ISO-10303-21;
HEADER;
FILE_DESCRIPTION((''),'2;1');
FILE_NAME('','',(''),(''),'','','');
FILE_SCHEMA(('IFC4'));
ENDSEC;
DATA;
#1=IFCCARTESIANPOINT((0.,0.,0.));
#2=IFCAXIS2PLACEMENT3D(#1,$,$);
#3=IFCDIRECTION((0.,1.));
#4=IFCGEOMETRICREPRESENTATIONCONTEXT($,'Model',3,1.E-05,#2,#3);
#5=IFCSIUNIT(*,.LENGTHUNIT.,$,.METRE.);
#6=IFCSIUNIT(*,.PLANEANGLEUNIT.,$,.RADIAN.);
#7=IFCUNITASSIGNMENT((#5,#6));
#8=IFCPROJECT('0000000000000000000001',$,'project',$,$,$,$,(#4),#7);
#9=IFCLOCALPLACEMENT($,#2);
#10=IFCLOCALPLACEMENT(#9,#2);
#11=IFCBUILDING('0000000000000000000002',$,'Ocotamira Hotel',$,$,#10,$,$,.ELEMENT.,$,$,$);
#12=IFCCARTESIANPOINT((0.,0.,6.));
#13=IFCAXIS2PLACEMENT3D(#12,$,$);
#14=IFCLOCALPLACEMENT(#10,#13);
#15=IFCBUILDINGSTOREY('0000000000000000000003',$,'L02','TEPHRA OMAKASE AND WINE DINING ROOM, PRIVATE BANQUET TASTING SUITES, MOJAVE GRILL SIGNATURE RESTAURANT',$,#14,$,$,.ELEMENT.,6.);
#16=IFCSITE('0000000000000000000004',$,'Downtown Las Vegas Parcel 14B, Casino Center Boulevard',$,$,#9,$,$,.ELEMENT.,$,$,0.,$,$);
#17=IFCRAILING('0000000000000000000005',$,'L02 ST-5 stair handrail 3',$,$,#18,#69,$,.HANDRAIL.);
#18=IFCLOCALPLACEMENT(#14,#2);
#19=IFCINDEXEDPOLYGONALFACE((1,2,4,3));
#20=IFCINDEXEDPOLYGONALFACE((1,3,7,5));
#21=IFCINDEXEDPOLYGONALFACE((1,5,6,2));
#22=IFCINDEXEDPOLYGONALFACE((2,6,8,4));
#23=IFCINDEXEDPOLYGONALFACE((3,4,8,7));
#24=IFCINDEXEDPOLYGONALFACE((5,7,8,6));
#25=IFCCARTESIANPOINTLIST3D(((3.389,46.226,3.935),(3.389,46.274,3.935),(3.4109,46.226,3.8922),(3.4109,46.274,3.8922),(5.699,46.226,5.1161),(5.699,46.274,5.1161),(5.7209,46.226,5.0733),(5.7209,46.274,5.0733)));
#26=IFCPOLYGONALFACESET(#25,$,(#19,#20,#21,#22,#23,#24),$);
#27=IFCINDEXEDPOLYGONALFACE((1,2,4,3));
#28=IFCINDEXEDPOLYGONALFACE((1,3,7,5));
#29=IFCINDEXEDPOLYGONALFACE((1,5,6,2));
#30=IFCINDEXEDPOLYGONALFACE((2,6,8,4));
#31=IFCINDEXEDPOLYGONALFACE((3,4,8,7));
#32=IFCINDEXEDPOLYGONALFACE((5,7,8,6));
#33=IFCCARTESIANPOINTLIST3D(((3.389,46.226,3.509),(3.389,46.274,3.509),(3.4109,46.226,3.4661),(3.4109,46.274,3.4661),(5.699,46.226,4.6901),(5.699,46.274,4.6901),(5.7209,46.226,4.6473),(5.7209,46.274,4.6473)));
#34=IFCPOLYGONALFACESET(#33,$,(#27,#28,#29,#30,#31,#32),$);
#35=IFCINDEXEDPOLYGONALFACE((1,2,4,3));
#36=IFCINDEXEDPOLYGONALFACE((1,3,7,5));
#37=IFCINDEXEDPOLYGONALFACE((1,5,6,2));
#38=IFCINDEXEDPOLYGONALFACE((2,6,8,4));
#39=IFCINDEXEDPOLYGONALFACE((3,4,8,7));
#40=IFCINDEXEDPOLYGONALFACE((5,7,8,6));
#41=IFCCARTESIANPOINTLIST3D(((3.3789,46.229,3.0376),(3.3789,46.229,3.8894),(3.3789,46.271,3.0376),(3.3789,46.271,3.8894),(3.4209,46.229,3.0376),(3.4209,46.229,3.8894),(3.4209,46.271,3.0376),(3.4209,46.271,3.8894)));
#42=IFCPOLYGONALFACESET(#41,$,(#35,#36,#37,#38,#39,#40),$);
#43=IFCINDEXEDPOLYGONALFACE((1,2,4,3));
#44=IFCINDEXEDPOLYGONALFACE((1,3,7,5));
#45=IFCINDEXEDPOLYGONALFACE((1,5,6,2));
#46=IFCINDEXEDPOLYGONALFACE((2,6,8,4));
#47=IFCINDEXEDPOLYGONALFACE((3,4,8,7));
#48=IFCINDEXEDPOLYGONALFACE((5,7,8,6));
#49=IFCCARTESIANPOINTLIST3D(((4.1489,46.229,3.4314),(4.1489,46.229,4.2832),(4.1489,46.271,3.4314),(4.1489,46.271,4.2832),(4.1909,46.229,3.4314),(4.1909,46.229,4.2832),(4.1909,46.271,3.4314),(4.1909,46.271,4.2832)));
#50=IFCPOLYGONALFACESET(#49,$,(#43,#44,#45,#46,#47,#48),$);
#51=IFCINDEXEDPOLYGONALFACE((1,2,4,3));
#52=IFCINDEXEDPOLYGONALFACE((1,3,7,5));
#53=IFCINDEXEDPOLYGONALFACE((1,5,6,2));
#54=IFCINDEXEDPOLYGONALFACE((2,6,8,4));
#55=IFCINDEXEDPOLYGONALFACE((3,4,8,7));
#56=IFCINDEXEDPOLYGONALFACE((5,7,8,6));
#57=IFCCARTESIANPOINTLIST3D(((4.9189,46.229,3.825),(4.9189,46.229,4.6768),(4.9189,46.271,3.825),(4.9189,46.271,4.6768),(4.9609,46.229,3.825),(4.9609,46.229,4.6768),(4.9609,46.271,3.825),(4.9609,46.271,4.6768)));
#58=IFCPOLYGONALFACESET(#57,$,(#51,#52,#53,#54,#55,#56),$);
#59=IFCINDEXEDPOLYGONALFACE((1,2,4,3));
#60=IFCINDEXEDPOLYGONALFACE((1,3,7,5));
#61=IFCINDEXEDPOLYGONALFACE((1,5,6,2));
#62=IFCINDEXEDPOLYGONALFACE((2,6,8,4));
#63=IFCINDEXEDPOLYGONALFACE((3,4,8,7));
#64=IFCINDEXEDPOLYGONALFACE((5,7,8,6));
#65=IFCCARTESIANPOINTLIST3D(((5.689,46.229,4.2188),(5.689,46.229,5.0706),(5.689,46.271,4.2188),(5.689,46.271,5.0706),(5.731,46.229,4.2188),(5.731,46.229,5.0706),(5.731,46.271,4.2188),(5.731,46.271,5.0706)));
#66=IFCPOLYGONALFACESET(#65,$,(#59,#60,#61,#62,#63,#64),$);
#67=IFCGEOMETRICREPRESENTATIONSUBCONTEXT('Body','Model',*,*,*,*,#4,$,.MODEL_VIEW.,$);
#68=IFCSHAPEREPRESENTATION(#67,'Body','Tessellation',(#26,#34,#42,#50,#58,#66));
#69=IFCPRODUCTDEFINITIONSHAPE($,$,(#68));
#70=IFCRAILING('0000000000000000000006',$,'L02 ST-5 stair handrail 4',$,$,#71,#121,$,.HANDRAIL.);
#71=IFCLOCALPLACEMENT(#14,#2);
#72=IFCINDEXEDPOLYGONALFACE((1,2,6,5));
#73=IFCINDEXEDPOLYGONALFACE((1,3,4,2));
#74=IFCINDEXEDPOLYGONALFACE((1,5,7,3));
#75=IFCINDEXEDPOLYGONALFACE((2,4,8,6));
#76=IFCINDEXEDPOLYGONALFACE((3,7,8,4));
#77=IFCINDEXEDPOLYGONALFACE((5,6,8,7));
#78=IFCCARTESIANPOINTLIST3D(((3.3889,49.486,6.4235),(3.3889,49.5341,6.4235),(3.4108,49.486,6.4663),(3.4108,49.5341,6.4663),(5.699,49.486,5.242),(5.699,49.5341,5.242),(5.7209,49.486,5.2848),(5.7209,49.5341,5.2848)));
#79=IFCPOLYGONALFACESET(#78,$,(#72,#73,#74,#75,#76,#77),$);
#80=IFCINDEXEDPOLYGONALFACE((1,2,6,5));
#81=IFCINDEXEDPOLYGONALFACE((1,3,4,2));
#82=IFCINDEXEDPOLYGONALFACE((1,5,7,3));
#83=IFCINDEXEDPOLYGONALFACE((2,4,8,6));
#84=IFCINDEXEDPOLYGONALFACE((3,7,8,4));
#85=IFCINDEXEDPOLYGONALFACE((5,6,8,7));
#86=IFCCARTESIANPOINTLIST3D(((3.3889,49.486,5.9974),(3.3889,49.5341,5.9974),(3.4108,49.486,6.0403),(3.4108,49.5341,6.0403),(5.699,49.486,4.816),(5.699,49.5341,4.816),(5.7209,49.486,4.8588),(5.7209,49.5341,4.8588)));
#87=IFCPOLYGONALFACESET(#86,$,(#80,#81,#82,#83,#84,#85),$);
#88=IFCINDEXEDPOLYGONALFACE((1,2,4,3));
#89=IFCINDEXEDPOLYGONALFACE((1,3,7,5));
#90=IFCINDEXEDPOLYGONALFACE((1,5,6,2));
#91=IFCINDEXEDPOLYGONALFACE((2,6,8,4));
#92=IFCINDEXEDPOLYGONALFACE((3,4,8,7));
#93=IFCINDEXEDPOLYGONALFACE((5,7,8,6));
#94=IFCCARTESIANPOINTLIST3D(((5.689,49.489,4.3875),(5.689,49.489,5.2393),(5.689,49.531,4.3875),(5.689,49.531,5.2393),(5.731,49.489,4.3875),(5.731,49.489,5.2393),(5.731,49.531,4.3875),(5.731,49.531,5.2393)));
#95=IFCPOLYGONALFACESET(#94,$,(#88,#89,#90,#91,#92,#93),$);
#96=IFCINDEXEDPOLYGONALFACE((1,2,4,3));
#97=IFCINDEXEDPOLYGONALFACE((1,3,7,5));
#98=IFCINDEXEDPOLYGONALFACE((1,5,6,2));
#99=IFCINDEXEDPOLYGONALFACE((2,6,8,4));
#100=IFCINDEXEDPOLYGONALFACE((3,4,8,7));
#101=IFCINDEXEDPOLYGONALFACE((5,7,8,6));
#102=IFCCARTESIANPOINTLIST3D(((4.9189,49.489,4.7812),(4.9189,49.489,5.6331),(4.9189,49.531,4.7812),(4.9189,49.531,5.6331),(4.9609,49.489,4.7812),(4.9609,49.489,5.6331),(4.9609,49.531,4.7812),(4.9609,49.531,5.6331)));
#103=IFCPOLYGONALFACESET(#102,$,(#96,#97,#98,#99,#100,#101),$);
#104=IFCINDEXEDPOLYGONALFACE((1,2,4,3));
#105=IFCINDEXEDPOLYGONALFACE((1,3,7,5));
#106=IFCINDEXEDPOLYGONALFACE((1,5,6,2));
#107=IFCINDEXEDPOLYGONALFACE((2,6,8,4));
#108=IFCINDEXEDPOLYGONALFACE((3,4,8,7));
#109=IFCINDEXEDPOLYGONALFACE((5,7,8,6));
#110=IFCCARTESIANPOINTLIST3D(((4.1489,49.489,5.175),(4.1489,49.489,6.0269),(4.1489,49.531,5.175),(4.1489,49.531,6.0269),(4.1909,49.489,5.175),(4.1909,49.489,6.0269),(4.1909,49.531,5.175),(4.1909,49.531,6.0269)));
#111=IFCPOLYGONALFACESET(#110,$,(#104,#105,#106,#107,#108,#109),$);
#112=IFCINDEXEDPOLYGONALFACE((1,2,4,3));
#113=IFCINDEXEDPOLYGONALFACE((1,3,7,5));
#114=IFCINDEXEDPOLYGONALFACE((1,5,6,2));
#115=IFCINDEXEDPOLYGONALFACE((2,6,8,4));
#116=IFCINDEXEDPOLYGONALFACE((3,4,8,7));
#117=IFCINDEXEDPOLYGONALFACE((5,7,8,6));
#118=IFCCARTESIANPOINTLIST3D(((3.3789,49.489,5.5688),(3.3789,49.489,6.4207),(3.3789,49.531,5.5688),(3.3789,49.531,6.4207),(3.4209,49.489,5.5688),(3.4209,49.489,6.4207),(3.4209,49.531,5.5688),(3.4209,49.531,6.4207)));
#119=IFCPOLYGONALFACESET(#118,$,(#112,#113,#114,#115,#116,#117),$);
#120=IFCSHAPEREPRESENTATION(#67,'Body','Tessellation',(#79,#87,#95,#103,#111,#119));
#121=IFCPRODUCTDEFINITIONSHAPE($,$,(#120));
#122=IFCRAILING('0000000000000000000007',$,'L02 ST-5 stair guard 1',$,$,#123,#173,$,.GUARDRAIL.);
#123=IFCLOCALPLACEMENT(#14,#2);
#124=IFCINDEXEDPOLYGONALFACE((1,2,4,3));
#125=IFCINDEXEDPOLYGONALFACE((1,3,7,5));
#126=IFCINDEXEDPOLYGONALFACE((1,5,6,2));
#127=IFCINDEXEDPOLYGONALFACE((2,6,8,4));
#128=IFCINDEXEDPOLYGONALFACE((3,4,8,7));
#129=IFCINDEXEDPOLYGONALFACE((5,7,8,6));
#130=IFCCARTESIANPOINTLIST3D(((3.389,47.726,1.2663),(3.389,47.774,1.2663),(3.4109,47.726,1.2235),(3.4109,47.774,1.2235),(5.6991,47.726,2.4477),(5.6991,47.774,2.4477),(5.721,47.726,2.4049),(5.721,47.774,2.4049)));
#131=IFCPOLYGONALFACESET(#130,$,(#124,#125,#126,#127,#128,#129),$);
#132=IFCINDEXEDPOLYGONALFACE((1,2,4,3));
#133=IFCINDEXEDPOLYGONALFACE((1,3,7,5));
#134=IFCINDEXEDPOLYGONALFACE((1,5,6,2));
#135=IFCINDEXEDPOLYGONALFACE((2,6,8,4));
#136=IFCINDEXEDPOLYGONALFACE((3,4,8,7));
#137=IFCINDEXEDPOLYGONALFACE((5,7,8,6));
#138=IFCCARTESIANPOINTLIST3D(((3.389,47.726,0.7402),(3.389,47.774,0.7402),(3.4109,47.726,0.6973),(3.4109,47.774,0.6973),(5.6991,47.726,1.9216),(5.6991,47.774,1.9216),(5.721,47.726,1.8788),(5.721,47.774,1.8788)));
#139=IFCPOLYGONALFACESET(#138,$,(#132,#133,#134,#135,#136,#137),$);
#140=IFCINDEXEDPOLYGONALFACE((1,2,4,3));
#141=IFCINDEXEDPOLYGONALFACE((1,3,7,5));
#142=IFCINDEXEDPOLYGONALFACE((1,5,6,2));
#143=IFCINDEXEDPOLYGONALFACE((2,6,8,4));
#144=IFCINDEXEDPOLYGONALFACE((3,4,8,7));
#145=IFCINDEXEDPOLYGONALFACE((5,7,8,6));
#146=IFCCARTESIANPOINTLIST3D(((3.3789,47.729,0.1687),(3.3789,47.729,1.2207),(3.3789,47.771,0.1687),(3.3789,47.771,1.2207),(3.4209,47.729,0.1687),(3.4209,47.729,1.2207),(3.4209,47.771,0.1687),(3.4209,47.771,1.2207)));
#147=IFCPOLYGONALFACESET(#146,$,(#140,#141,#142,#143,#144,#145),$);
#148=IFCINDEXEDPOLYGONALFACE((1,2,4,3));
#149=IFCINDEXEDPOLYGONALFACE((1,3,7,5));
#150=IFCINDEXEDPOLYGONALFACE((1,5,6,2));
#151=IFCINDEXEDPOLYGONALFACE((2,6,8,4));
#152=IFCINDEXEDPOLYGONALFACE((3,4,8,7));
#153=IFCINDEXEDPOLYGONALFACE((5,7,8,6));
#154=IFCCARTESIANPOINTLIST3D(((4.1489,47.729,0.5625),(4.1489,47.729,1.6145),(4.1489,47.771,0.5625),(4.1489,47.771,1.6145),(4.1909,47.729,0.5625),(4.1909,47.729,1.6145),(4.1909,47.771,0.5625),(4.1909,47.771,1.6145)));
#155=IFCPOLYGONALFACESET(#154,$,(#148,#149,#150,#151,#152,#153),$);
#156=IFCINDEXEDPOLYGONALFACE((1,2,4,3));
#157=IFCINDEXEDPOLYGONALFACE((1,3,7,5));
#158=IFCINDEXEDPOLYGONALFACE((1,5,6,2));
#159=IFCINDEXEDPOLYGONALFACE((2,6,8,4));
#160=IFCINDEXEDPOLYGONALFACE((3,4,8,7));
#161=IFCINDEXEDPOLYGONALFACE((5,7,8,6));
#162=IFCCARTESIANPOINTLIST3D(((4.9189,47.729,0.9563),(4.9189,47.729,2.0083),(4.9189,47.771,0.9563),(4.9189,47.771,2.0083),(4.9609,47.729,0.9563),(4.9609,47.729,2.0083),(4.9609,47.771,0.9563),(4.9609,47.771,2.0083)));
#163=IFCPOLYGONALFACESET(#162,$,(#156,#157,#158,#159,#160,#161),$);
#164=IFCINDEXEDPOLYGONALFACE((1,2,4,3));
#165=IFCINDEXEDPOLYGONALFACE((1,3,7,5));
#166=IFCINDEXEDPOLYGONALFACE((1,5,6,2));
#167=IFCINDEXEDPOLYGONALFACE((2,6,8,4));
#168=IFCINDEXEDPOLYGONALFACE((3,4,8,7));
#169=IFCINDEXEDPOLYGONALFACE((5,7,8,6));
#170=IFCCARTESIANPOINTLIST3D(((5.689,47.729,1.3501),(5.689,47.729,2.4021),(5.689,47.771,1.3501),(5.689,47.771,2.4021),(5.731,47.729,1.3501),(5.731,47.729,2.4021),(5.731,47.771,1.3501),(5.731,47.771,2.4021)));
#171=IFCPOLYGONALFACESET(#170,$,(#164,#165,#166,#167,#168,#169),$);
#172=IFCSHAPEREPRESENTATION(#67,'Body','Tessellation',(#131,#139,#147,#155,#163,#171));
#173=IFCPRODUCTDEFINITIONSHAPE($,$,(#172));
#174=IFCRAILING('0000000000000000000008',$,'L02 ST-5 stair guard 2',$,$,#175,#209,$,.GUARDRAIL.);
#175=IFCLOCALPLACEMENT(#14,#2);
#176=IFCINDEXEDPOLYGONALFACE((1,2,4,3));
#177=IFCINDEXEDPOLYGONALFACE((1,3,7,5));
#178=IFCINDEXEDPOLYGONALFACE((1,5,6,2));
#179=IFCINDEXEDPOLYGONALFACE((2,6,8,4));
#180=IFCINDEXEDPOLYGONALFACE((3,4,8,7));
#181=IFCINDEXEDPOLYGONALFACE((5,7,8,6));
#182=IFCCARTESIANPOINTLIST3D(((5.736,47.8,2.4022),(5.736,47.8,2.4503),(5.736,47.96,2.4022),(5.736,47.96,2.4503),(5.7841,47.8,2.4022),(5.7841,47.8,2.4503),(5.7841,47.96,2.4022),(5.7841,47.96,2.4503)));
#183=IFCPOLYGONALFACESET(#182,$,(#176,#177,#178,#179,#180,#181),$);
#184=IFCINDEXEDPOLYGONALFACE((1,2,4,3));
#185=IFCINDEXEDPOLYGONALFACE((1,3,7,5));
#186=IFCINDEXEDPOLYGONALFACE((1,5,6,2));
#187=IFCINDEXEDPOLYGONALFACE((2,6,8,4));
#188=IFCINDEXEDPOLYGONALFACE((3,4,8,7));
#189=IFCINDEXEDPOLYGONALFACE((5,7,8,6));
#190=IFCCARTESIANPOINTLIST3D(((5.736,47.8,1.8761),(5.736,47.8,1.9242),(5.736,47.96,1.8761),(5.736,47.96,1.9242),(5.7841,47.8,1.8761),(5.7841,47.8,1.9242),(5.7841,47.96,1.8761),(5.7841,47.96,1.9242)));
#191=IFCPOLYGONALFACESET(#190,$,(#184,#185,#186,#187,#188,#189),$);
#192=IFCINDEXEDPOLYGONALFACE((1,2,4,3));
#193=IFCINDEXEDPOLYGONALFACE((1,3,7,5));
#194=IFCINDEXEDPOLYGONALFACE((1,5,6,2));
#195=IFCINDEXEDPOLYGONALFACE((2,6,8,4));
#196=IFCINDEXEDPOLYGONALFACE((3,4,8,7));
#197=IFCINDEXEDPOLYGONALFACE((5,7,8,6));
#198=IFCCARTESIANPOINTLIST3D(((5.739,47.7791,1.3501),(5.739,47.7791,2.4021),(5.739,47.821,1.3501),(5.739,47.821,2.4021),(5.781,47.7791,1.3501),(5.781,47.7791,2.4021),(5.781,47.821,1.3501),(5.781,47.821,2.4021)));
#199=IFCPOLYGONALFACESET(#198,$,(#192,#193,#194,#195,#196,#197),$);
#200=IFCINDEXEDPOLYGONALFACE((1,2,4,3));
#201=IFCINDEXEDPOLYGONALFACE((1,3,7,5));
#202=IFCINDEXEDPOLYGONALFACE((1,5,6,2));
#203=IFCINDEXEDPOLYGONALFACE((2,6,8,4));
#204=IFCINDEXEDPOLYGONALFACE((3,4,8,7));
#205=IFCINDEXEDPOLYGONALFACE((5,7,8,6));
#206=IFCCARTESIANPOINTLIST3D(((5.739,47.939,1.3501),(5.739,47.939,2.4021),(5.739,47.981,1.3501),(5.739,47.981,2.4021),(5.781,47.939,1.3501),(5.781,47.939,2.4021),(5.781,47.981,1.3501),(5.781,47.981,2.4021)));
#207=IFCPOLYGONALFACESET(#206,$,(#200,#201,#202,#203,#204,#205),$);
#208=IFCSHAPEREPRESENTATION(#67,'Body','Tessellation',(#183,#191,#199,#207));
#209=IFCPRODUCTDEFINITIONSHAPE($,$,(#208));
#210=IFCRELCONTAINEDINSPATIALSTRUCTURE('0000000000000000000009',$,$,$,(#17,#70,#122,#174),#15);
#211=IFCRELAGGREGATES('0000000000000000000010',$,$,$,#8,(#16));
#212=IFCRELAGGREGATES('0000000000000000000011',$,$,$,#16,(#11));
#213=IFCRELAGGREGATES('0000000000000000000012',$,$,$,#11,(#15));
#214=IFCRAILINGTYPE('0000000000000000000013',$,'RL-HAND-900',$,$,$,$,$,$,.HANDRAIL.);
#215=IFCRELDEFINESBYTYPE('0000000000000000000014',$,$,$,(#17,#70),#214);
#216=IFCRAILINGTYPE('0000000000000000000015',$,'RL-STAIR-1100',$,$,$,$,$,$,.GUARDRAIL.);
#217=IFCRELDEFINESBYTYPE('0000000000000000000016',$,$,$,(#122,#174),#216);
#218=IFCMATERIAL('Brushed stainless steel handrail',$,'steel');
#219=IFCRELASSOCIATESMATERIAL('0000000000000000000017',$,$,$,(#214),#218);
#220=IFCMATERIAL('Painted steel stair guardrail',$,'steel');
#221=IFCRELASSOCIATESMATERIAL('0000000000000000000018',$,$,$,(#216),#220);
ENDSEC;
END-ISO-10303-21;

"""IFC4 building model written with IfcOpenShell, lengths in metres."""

from ifc_helpers import new_model, si_unit, direction, frame, origin, origin_2d, place, context, subcontext, project, spatial, rectangle, extrude, material, type_object, element, save


model = new_model("IFC4")

# Units and contexts
model_context = context("Model", 3, precision=1e-05, world=origin(), true_north=direction((0.0, 1.0)))
body_context = subcontext(model_context, "Body", "Model", "MODEL_VIEW")
ifc_project = project(units=[si_unit("LENGTHUNIT", "METRE"), si_unit("PLANEANGLEUNIT", "RADIAN")], contexts=[model_context])

# Site, building, storey
site_placement = place(None, origin())
site = spatial("IfcSite", under=ifc_project, at=site_placement, Name="Downtown Las Vegas Parcel 14B, Casino Center Boulevard", CompositionType="ELEMENT", RefElevation=0.0)
building_placement = place(site_placement, origin())
building = spatial("IfcBuilding", under=site, at=building_placement, Name="Ocotamira Hotel", CompositionType="ELEMENT")
storey_placement = place(building_placement, frame((0.0, 0.0, 6.0)))
storey = spatial("IfcBuildingStorey", under=building, at=storey_placement, Name="L02", Description="TEPHRA OMAKASE AND WINE DINING ROOM, PRIVATE BANQUET TASTING SUITES, MOJAVE GRILL SIGNATURE RESTAURANT", CompositionType="ELEMENT", Elevation=6.0)

# Railings
ifc_material_1 = material(Name="Brushed stainless steel handrail", Category="steel")
railing_type_1 = type_object("IfcRailingType", Name="RL-HAND-900", PredefinedType="HANDRAIL", material=ifc_material_1)
railing_1_placement = place(storey_placement, frame((3.3999, 46.25, 3.0376)))
element("IfcRailing", 1, at=railing_1_placement, inside=storey, type_object=railing_type_1, Name="L02 ST-5 stair handrail 3", PredefinedType="HANDRAIL", context=body_context, shape_type="SweptSolid", body=[
    extrude(rectangle(XDim=0.0481, YDim=0.0481, at=origin_2d()), frame((0.0, 0.0, 0.876), z_axis=(0.890363, 0.0, 0.45525), x_axis=(0.0, 1.0, 0.0)), (0.0, 0.0, 1.0), 2.5945),
    extrude(rectangle(XDim=0.0481, YDim=0.0481, at=origin_2d()), frame((0.0, 0.0, 0.45), z_axis=(0.890363, 0.0, 0.45525), x_axis=(0.0, 1.0, 0.0)), (0.0, 0.0, 1.0), 2.5945),
    extrude(rectangle(XDim=0.042, YDim=0.042, at=origin_2d()), origin(), (0.0, 0.0, 1.0), 0.8518),
    extrude(rectangle(XDim=0.042, YDim=0.042, at=origin_2d()), frame((0.77, 0.0, 0.3938)), (0.0, 0.0, 1.0), 0.8518),
    extrude(rectangle(XDim=0.042, YDim=0.042, at=origin_2d()), frame((1.54, 0.0, 0.7874)), (0.0, 0.0, 1.0), 0.8518),
    extrude(rectangle(XDim=0.042, YDim=0.042, at=origin_2d()), frame((2.3101, 0.0, 1.1812)), (0.0, 0.0, 1.0), 0.8518),
])
railing_2_placement = place(storey_placement, frame((5.71, 49.51, 4.3875)))
element("IfcRailing", 2, at=railing_2_placement, inside=storey, type_object=railing_type_1, Name="L02 ST-5 stair handrail 4", PredefinedType="HANDRAIL", context=body_context, shape_type="SweptSolid", body=[
    extrude(rectangle(XDim=0.0481, YDim=0.0481, at=origin_2d()), frame((0.0, 0.0, 0.876), z_axis=(-0.890325, 0.0, 0.455325), x_axis=(0.0, -1.0, 0.0)), (0.0, 0.0, 1.0), 2.5947),
    extrude(rectangle(XDim=0.0481, YDim=0.0481, at=origin_2d()), frame((0.0, 0.0, 0.45), z_axis=(-0.890325, 0.0, 0.455325), x_axis=(0.0, -1.0, 0.0)), (0.0, 0.0, 1.0), 2.5947),
    extrude(rectangle(XDim=0.042, YDim=0.042, at=origin_2d()), origin(), (0.0, 0.0, 1.0), 0.8518),
    extrude(rectangle(XDim=0.042, YDim=0.042, at=origin_2d()), frame((-0.77, 0.0, 0.3938)), (0.0, 0.0, 1.0), 0.8518),
    extrude(rectangle(XDim=0.042, YDim=0.042, at=origin_2d()), frame((-1.54, 0.0, 0.7876)), (0.0, 0.0, 1.0), 0.8518),
    extrude(rectangle(XDim=0.042, YDim=0.042, at=origin_2d()), frame((-2.3101, 0.0, 1.1814)), (0.0, 0.0, 1.0), 0.8518),
])
ifc_material_2 = material(Name="Painted steel stair guardrail", Category="steel")
railing_type_2 = type_object("IfcRailingType", Name="RL-STAIR-1100", PredefinedType="GUARDRAIL", material=ifc_material_2)
railing_3_placement = place(storey_placement, frame((3.3999, 47.75, 0.1687)))
element("IfcRailing", 3, at=railing_3_placement, inside=storey, type_object=railing_type_2, Name="L02 ST-5 stair guard 1", PredefinedType="GUARDRAIL", context=body_context, shape_type="SweptSolid", body=[
    extrude(rectangle(XDim=0.0481, YDim=0.0481, at=origin_2d()), frame((0.0, 0.0, 1.0762), z_axis=(0.890325, 0.0, 0.455325), x_axis=(0.0, 1.0, 0.0)), (0.0, 0.0, 1.0), 2.5947),
    extrude(rectangle(XDim=0.0481, YDim=0.0481, at=origin_2d()), frame((0.0, 0.0, 0.55), z_axis=(0.890325, 0.0, 0.455325), x_axis=(0.0, 1.0, 0.0)), (0.0, 0.0, 1.0), 2.5947),
    extrude(rectangle(XDim=0.042, YDim=0.042, at=origin_2d()), origin(), (0.0, 0.0, 1.0), 1.052),
    extrude(rectangle(XDim=0.042, YDim=0.042, at=origin_2d()), frame((0.77, 0.0, 0.3938)), (0.0, 0.0, 1.0), 1.052),
    extrude(rectangle(XDim=0.042, YDim=0.042, at=origin_2d()), frame((1.54, 0.0, 0.7876)), (0.0, 0.0, 1.0), 1.052),
    extrude(rectangle(XDim=0.042, YDim=0.042, at=origin_2d()), frame((2.3101, 0.0, 1.1814)), (0.0, 0.0, 1.0), 1.052),
])
railing_4_placement = place(storey_placement, frame((5.76, 47.8, 1.3501)))
element("IfcRailing", 4, at=railing_4_placement, inside=storey, type_object=railing_type_2, Name="L02 ST-5 stair guard 2", PredefinedType="GUARDRAIL", context=body_context, shape_type="SweptSolid", body=[
    extrude(rectangle(XDim=0.0481, YDim=0.0481, at=origin_2d()), frame((0.0, 0.0, 1.0762), z_axis=(0.0, 1.0, 0.0), x_axis=(-1.0, 0.0, 0.0)), (0.0, 0.0, 1.0), 0.1599),
    extrude(rectangle(XDim=0.0481, YDim=0.0481, at=origin_2d()), frame((0.0, 0.0, 0.55), z_axis=(0.0, 1.0, 0.0), x_axis=(-1.0, 0.0, 0.0)), (0.0, 0.0, 1.0), 0.1599),
    extrude(rectangle(XDim=0.042, YDim=0.042, at=origin_2d()), origin(), (0.0, 0.0, 1.0), 1.052),
    extrude(rectangle(XDim=0.042, YDim=0.042, at=origin_2d()), frame((0.0, 0.1599, 0.0)), (0.0, 0.0, 1.0), 1.052),
])

save(model, "model.ifc")
